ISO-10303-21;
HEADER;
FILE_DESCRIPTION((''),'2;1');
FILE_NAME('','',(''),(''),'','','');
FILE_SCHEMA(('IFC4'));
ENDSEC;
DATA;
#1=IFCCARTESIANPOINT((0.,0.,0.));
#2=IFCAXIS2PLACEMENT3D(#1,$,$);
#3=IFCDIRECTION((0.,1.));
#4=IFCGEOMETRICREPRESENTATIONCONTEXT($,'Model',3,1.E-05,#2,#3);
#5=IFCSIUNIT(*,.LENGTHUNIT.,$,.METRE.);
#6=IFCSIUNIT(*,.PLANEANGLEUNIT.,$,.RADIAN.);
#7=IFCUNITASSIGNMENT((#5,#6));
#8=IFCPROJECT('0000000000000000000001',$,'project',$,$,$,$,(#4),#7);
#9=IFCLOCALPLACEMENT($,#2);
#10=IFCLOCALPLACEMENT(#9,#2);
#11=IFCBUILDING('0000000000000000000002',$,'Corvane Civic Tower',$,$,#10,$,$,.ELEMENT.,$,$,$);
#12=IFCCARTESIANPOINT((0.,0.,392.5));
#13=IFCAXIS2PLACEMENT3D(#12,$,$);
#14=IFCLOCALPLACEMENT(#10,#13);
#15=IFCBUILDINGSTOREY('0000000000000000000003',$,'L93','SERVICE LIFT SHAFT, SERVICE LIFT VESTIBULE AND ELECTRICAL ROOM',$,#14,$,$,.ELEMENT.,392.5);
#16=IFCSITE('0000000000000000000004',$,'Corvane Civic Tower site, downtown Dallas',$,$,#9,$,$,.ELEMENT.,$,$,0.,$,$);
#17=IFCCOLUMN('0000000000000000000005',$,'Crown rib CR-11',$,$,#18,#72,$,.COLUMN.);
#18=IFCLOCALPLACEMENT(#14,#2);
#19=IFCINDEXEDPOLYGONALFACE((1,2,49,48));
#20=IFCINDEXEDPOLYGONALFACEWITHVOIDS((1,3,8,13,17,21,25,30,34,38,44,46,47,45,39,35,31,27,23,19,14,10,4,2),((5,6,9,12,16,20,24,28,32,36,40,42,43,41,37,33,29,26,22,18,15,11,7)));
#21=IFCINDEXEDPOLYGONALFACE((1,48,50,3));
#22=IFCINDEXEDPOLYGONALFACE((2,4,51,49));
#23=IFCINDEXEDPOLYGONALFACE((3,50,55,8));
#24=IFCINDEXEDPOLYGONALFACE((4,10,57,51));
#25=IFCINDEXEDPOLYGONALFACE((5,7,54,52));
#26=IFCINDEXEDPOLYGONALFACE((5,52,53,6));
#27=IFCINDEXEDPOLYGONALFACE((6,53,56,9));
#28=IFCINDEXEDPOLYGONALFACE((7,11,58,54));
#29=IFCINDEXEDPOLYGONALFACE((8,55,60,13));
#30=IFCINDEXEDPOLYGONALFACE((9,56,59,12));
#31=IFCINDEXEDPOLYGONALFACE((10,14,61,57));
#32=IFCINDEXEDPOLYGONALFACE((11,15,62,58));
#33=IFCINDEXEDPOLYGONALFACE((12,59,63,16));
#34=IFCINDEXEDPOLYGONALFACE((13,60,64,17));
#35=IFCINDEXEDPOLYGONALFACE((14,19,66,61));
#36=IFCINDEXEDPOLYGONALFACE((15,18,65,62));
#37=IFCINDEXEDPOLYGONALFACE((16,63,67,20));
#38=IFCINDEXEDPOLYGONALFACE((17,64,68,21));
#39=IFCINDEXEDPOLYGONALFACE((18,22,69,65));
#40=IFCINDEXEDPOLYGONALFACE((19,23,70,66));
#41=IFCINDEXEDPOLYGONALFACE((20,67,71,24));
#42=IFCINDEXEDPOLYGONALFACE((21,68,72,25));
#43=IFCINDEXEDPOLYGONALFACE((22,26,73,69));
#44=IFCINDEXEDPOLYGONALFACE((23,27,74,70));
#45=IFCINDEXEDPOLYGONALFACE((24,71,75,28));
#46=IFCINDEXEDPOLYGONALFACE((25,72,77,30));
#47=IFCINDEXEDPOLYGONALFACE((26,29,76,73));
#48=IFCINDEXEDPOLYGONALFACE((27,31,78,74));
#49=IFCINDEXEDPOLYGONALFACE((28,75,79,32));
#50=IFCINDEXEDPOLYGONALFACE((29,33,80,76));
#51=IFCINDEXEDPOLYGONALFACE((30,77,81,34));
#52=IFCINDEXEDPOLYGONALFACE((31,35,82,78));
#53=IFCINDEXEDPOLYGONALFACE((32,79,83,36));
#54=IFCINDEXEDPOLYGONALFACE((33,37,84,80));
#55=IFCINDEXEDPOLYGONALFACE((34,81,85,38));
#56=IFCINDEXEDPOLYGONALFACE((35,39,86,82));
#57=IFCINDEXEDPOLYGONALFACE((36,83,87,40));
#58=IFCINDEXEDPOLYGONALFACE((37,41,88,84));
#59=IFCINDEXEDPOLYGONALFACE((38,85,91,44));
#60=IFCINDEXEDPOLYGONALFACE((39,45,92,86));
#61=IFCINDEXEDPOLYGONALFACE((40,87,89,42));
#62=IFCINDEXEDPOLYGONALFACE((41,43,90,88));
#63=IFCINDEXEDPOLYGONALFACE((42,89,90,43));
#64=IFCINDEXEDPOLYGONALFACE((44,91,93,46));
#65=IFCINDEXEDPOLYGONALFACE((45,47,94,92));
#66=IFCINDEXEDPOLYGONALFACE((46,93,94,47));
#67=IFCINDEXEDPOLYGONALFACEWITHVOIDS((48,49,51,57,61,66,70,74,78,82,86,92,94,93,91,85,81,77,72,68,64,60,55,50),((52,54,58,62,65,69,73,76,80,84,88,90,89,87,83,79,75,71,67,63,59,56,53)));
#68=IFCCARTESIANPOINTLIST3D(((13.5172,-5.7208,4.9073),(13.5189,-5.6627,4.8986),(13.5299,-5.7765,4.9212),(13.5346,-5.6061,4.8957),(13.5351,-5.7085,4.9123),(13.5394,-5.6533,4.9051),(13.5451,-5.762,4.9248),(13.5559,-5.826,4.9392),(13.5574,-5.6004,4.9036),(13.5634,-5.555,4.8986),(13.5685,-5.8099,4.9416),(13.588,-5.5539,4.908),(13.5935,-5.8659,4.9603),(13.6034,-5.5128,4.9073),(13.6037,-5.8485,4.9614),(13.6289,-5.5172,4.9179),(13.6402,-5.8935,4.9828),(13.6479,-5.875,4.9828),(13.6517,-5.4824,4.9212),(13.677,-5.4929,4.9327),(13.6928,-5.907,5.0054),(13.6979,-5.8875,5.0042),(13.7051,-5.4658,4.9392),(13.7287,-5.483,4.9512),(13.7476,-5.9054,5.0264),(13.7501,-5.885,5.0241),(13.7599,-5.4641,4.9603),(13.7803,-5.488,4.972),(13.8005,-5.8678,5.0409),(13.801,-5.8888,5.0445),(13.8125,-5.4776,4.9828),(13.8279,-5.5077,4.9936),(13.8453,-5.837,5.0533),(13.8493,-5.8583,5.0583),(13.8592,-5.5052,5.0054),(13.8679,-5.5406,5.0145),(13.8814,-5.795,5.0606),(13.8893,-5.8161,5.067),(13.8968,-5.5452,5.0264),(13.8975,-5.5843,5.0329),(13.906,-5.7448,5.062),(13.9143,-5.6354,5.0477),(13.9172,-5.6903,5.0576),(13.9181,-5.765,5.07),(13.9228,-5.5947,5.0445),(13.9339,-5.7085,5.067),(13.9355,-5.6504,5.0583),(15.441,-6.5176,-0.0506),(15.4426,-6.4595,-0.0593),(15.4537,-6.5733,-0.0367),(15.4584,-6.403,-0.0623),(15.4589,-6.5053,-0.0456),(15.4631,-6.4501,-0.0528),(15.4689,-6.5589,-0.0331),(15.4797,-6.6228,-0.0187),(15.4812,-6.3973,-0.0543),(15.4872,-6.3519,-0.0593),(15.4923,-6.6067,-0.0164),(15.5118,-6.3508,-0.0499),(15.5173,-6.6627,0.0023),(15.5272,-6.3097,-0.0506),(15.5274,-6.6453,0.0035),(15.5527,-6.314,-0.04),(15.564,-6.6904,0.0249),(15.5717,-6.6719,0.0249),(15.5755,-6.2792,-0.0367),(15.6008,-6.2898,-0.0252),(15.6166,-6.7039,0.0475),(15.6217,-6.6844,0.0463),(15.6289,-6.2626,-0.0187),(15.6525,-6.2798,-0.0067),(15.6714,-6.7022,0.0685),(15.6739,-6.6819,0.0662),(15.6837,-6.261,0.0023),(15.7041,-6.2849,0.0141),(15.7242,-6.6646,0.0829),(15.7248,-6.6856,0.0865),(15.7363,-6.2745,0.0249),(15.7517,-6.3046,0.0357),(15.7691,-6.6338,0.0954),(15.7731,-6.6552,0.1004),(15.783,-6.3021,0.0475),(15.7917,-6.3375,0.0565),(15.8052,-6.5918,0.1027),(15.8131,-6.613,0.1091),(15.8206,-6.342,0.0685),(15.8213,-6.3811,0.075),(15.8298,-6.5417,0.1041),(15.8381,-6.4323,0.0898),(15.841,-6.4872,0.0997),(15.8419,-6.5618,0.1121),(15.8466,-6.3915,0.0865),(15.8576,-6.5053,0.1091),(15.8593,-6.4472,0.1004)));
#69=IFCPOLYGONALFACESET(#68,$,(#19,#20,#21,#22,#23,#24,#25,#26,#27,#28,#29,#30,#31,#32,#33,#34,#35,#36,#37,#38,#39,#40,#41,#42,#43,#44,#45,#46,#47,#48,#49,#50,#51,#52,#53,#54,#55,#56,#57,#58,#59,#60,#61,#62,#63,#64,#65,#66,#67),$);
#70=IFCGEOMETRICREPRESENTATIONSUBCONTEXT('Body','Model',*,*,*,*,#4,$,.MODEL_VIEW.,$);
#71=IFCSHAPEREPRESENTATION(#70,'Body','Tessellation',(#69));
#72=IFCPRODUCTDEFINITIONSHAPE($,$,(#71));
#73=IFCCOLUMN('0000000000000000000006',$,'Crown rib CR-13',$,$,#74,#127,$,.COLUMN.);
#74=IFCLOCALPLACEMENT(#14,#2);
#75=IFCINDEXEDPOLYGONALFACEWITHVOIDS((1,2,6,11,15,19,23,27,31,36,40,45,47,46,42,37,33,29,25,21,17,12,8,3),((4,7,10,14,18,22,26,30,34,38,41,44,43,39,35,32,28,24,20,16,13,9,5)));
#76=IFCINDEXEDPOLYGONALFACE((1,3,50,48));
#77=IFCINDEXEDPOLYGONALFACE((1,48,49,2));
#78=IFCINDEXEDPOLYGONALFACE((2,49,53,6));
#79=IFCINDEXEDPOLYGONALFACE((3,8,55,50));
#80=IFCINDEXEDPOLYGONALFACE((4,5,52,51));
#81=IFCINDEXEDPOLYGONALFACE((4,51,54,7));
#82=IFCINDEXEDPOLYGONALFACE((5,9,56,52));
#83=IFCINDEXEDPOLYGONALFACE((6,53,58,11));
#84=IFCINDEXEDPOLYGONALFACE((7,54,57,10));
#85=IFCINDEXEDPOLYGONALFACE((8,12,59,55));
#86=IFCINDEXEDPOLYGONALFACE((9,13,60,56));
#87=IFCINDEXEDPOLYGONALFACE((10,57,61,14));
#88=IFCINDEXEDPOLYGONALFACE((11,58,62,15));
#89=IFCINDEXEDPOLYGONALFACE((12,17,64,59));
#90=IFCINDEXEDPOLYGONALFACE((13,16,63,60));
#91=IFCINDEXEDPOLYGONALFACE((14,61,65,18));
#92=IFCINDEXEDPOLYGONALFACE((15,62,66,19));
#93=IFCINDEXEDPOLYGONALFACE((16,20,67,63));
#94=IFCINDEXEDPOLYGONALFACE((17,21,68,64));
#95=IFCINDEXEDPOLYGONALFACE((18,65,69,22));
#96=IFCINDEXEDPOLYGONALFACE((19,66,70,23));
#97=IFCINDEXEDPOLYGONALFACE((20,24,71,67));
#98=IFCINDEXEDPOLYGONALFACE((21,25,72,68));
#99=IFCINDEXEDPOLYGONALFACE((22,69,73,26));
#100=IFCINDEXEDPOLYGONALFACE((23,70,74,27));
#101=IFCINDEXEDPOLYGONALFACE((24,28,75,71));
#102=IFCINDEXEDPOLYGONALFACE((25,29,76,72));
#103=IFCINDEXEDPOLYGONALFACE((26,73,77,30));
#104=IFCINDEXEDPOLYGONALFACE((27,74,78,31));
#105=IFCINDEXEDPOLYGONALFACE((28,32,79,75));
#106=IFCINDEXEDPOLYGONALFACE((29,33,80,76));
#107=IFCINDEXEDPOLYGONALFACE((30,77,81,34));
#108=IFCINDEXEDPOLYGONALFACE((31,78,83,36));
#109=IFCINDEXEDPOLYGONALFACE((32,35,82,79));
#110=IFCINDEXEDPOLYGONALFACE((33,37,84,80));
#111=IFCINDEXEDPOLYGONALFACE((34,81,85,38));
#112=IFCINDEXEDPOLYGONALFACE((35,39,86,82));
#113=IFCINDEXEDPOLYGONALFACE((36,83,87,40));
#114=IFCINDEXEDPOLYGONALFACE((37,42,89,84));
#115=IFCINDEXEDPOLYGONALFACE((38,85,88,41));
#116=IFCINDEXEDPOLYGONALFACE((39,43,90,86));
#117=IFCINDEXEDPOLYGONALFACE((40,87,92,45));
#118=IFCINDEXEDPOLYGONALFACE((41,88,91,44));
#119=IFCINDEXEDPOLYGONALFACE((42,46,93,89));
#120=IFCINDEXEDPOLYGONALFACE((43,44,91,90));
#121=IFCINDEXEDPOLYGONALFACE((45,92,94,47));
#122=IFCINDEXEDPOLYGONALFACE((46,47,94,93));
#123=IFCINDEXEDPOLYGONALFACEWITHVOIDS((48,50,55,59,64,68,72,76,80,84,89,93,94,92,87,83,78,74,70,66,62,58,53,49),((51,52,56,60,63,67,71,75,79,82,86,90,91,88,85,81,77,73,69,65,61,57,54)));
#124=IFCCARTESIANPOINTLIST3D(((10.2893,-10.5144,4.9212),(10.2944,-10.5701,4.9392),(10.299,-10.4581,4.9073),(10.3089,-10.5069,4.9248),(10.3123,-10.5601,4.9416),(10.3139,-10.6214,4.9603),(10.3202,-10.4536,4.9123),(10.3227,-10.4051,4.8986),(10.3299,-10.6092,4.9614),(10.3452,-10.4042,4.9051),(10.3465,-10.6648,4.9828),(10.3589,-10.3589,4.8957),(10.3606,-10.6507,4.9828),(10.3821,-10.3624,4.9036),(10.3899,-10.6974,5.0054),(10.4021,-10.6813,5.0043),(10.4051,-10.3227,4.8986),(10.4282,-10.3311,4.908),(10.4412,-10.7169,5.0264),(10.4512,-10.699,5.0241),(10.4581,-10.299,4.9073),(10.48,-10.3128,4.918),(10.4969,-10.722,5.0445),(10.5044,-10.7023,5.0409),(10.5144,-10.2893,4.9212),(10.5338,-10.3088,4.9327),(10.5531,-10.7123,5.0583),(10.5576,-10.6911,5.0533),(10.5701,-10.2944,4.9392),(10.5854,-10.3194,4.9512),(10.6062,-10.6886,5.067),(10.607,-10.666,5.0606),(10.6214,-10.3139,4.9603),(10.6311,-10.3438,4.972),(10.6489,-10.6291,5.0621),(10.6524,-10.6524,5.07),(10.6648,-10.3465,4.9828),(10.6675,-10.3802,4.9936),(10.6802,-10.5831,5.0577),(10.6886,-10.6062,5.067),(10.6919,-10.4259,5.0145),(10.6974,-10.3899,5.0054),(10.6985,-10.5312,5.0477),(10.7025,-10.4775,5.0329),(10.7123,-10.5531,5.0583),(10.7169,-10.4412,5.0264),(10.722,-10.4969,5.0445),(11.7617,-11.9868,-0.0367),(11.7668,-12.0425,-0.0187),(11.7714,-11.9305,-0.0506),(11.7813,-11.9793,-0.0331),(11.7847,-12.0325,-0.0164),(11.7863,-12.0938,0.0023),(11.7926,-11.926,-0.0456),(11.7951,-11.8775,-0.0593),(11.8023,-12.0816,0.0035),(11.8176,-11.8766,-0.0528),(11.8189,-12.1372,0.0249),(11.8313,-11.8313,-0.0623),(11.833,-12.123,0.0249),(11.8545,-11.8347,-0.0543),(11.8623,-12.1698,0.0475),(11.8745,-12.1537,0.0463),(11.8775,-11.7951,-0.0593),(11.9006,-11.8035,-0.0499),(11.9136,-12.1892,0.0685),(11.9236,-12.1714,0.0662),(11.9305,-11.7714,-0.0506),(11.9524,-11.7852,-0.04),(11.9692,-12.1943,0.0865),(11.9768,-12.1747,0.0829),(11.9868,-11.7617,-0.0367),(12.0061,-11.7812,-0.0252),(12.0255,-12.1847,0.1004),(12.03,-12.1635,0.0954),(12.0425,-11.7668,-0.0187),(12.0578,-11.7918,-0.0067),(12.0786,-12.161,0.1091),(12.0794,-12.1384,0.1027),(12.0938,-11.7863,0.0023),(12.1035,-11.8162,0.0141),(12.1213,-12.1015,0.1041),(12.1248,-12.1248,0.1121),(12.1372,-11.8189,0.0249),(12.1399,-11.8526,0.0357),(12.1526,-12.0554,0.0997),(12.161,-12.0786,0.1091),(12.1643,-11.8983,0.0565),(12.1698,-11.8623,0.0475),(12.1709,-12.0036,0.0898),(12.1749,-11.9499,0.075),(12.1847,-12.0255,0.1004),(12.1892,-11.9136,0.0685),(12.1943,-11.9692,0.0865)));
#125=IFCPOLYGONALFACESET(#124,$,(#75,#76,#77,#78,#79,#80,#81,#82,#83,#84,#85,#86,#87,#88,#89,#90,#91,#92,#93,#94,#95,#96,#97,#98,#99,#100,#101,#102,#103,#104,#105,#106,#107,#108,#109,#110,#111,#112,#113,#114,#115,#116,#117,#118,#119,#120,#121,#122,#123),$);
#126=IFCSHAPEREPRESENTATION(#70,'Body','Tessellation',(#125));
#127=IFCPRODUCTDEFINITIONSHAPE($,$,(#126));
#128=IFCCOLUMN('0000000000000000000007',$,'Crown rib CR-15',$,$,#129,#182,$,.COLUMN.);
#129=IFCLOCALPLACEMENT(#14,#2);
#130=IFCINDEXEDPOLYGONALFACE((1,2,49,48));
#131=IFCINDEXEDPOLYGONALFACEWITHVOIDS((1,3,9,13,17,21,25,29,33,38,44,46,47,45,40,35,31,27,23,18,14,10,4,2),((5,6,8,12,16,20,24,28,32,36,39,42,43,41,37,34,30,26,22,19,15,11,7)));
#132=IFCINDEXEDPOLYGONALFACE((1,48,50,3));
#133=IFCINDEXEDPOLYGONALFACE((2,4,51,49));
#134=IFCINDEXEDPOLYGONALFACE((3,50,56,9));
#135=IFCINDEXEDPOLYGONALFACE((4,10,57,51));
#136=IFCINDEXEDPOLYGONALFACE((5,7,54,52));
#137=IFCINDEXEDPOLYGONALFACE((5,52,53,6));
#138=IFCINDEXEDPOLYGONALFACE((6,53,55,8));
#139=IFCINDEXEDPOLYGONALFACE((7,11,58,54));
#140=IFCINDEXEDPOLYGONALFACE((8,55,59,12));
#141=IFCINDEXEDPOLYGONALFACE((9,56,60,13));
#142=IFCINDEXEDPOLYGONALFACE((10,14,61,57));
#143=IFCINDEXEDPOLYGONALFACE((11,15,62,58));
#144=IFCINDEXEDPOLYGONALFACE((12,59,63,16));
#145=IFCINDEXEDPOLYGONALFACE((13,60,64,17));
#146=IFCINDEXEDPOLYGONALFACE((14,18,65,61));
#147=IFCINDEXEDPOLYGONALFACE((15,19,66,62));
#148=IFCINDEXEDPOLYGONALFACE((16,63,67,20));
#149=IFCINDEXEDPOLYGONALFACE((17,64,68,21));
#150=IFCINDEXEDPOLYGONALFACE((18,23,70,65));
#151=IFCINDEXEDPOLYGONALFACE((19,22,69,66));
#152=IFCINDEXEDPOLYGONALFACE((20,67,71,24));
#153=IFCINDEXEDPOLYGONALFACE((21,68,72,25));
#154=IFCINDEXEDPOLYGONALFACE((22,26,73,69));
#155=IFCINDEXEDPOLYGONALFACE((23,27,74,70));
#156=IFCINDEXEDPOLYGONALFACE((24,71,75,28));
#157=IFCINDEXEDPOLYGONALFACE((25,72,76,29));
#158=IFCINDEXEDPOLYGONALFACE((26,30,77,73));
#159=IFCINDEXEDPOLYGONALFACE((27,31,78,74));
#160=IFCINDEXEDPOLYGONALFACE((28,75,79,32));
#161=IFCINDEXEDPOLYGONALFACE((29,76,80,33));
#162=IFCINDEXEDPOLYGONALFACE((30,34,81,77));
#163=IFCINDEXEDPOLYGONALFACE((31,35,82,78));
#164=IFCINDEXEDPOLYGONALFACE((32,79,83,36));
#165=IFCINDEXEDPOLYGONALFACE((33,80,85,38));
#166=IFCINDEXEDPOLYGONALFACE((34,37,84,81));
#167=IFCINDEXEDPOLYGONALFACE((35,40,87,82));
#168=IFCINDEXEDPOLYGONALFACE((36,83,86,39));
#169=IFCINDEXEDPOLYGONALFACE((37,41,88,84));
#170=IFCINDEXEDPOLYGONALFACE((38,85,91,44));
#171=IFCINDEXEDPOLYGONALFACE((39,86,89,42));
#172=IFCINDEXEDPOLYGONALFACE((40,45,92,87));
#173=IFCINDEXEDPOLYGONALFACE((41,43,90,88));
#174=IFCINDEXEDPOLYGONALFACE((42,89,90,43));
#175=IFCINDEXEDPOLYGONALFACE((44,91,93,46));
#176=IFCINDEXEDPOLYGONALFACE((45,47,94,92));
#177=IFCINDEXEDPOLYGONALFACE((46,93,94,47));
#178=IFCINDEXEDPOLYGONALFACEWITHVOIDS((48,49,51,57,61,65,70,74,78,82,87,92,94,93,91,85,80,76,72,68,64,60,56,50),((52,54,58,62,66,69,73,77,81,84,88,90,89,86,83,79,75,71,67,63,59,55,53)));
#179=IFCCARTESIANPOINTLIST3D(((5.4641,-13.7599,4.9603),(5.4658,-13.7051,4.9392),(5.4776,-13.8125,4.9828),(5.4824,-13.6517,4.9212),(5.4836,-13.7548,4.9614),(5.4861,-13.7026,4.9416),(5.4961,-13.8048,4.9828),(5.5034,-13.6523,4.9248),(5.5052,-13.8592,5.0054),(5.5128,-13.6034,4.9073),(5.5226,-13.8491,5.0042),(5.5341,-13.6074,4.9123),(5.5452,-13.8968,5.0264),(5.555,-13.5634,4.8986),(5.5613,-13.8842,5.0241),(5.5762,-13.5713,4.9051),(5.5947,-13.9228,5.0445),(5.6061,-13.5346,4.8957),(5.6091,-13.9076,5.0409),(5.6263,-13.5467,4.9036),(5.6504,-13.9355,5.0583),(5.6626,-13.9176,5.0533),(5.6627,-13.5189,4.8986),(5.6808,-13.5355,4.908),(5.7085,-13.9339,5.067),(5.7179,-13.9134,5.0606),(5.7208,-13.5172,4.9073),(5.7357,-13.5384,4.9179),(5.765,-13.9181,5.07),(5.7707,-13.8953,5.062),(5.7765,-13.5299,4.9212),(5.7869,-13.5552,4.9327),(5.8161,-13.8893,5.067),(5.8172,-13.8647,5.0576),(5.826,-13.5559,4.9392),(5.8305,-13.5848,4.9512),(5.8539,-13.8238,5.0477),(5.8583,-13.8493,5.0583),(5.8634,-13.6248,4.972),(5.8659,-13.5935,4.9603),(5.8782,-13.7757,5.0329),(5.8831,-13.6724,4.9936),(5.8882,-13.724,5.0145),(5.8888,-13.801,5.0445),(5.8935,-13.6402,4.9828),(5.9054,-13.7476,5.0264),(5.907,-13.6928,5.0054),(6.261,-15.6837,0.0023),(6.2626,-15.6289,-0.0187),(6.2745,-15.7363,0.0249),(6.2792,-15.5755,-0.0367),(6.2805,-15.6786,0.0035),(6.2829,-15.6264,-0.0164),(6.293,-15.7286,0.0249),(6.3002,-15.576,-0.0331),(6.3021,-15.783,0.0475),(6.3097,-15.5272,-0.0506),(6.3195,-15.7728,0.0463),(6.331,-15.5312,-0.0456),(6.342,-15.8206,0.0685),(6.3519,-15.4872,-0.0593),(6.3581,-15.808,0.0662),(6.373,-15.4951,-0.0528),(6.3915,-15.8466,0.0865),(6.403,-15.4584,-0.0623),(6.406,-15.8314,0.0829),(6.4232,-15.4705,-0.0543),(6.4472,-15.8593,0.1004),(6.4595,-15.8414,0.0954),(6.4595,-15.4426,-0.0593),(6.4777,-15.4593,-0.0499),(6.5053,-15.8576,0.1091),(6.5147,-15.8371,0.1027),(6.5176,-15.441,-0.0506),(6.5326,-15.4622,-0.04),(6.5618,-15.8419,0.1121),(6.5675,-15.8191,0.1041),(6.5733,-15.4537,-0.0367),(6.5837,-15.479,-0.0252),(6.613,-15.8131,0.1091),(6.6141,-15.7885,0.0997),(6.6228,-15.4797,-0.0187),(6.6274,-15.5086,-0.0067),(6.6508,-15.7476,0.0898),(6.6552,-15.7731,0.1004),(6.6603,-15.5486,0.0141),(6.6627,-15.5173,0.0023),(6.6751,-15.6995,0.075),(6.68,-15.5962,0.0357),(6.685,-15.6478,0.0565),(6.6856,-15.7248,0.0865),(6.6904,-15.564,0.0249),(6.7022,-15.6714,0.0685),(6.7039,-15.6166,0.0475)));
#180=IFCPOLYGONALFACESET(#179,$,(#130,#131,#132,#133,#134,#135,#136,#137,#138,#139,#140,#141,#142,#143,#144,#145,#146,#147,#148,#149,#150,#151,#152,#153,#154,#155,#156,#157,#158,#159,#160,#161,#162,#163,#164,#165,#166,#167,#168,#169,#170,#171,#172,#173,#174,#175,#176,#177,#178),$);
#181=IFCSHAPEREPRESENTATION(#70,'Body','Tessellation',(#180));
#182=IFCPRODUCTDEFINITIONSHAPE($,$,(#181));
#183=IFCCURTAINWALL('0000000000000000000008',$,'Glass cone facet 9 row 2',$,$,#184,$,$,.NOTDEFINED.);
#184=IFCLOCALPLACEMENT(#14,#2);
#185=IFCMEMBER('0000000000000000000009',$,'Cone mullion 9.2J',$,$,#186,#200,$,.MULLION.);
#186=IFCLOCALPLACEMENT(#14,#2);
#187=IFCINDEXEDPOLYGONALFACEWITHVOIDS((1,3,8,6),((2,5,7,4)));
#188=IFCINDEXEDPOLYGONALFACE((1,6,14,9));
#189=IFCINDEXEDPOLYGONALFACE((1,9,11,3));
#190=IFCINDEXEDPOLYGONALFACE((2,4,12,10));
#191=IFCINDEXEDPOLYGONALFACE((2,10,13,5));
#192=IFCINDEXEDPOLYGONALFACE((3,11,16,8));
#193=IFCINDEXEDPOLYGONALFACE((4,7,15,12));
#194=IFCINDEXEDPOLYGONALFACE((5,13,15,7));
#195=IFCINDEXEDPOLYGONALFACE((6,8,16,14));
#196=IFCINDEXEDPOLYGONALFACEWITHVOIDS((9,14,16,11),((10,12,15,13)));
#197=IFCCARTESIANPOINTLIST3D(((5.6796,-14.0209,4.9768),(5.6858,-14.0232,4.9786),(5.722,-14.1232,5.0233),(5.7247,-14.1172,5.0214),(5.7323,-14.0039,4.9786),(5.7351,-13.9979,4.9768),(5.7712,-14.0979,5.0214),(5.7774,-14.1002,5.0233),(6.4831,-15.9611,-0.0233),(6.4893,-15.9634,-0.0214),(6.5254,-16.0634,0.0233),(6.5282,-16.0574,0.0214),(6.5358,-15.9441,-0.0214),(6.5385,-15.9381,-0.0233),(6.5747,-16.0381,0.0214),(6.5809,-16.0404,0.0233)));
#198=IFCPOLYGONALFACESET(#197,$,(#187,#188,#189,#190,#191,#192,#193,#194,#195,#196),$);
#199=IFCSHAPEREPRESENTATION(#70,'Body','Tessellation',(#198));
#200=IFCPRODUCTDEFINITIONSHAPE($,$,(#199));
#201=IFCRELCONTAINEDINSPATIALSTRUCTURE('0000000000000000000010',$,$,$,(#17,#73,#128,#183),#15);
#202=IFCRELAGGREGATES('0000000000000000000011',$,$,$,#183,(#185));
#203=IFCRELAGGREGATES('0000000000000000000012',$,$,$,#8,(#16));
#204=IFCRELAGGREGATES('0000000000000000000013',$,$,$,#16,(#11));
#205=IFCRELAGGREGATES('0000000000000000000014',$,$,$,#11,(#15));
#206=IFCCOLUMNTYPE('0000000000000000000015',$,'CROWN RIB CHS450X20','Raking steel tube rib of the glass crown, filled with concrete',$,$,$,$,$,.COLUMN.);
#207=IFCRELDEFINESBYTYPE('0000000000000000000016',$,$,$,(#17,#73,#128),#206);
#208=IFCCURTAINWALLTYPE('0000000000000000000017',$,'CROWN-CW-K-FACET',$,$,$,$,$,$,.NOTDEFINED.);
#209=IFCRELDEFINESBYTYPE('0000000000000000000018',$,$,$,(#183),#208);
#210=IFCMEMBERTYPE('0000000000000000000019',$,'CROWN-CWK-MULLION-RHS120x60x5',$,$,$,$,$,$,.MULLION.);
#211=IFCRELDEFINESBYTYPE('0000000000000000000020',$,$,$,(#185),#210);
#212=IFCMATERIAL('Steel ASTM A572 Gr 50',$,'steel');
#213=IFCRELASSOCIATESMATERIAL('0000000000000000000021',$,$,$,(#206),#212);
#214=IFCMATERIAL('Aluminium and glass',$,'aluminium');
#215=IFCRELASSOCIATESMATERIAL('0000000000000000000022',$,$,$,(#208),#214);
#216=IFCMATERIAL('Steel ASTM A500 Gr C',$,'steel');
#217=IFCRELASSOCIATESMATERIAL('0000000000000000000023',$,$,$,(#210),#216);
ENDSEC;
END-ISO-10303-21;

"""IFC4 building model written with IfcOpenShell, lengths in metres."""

from ifc_helpers import new_model, si_unit, direction, frame, origin, origin_2d, place, context, subcontext, project, spatial, hollow_rectangle, hollow_circle, extrude, material, material_profile, profile_set, type_object, element, aggregate, save


model = new_model("IFC4")

# Units and contexts
model_context = context("Model", 3, precision=1e-05, world=origin(), true_north=direction((0.0, 1.0)))
body_context = subcontext(model_context, "Body", "Model", "MODEL_VIEW")
ifc_project = project(units=[si_unit("LENGTHUNIT", "METRE"), si_unit("PLANEANGLEUNIT", "RADIAN")], contexts=[model_context])

# Site, building, storey
site_placement = place(None, origin())
site = spatial("IfcSite", under=ifc_project, at=site_placement, Name="Corvane Civic Tower site, downtown Dallas", CompositionType="ELEMENT", RefElevation=0.0)
building_placement = place(site_placement, origin())
building = spatial("IfcBuilding", under=site, at=building_placement, Name="Corvane Civic Tower", CompositionType="ELEMENT")
storey_placement = place(building_placement, frame((0.0, 0.0, 392.5)))
storey = spatial("IfcBuildingStorey", under=building, at=storey_placement, Name="L93", Description="SERVICE LIFT SHAFT, SERVICE LIFT VESTIBULE AND ELECTRICAL ROOM", CompositionType="ELEMENT", Elevation=392.5)

# Columns
ifc_material_1 = material(Name="Steel ASTM A572 Gr 50", Category="steel")
ifc_material_profile_1 = material_profile(ifc_material_1, hollow_circle(Radius=0.2251, WallThickness=0.02, at=origin_2d()), Name="CHS450X20")
ifc_profile_set_1 = profile_set([ifc_material_profile_1], Name="Steel ASTM A572 Gr 50")
column_type = type_object("IfcColumnType", Name="CROWN RIB CHS450X20", Description="Raking steel tube rib of the glass crown, filled with concrete", PredefinedType="COLUMN", material=ifc_profile_set_1)
for number, where, z_axis, x_axis, name in (
    (1, (15.6501, -6.4824, 0.0249), (-0.357752, 0.148186, 0.921984), (-0.382683, -0.92388, 0.0), "Crown rib CR-11"),
    (2, (11.978, -11.978, 0.0249), (-0.273808, 0.273808, 0.921986), (-0.707107, -0.707107, 0.0), "Crown rib CR-13"),
    (3, (6.4824, -15.6501, 0.0249), (-0.148186, 0.357752, 0.921984), (-0.92388, -0.382683, 0.0), "Crown rib CR-15"),
):
    element("IfcColumn", number, at=place(storey_placement, frame(where, z_axis=z_axis, x_axis=x_axis)), inside=storey, type_object=column_type, Name=name, PredefinedType="COLUMN", context=body_context, shape_type="SweptSolid", body=[
        extrude(hollow_circle(Radius=0.2251, WallThickness=0.02, at=origin_2d()), origin(), (0.0, 0.0, 1.0), 5.3774),
    ])

# Curtain wall, member
ifc_material_2 = material(Name="Aluminium and glass", Category="aluminium")
curtain_wall_type = type_object("IfcCurtainWallType", Name="CROWN-CW-K-FACET", PredefinedType="NOTDEFINED", material=ifc_material_2)
curtain_wall_1_placement = place(storey_placement, origin())
curtain_wall_1 = element("IfcCurtainWall", 4, at=curtain_wall_1_placement, inside=storey, type_object=curtain_wall_type, Name="Glass cone facet 9 row 2", PredefinedType="NOTDEFINED")
ifc_material_3 = material(Name="Steel ASTM A500 Gr C", Category="steel")
ifc_material_profile_2 = material_profile(ifc_material_3, hollow_rectangle(XDim=0.0601, YDim=0.1201, WallThickness=0.0049, at=origin_2d()), Name="RHS 120x60x5")
ifc_profile_set_2 = profile_set([ifc_material_profile_2], Name="Steel ASTM A500 Gr C")
member_type_1 = type_object("IfcMemberType", Name="CROWN-CWK-MULLION-RHS120x60x5", PredefinedType="MULLION", material=ifc_profile_set_2)
member_1_placement = place(storey_placement, frame((6.532, -16.0007, 0.0), z_axis=(-0.148157, 0.357764, 0.921984), x_axis=(-0.923911, -0.382608, 0.0)))
member_1 = element("IfcMember", 5, at=member_1_placement, type_object=member_type_1, Name="Cone mullion 9.2J", PredefinedType="MULLION", context=body_context, shape_type="SweptSolid", body=[
    extrude(hollow_rectangle(XDim=0.0601, YDim=0.1201, WallThickness=0.0049, at=origin_2d()), origin(), (0.0, 0.0, 1.0), 5.4231),
])
aggregate(curtain_wall_1, [member_1])

save(model, "model.ifc")
